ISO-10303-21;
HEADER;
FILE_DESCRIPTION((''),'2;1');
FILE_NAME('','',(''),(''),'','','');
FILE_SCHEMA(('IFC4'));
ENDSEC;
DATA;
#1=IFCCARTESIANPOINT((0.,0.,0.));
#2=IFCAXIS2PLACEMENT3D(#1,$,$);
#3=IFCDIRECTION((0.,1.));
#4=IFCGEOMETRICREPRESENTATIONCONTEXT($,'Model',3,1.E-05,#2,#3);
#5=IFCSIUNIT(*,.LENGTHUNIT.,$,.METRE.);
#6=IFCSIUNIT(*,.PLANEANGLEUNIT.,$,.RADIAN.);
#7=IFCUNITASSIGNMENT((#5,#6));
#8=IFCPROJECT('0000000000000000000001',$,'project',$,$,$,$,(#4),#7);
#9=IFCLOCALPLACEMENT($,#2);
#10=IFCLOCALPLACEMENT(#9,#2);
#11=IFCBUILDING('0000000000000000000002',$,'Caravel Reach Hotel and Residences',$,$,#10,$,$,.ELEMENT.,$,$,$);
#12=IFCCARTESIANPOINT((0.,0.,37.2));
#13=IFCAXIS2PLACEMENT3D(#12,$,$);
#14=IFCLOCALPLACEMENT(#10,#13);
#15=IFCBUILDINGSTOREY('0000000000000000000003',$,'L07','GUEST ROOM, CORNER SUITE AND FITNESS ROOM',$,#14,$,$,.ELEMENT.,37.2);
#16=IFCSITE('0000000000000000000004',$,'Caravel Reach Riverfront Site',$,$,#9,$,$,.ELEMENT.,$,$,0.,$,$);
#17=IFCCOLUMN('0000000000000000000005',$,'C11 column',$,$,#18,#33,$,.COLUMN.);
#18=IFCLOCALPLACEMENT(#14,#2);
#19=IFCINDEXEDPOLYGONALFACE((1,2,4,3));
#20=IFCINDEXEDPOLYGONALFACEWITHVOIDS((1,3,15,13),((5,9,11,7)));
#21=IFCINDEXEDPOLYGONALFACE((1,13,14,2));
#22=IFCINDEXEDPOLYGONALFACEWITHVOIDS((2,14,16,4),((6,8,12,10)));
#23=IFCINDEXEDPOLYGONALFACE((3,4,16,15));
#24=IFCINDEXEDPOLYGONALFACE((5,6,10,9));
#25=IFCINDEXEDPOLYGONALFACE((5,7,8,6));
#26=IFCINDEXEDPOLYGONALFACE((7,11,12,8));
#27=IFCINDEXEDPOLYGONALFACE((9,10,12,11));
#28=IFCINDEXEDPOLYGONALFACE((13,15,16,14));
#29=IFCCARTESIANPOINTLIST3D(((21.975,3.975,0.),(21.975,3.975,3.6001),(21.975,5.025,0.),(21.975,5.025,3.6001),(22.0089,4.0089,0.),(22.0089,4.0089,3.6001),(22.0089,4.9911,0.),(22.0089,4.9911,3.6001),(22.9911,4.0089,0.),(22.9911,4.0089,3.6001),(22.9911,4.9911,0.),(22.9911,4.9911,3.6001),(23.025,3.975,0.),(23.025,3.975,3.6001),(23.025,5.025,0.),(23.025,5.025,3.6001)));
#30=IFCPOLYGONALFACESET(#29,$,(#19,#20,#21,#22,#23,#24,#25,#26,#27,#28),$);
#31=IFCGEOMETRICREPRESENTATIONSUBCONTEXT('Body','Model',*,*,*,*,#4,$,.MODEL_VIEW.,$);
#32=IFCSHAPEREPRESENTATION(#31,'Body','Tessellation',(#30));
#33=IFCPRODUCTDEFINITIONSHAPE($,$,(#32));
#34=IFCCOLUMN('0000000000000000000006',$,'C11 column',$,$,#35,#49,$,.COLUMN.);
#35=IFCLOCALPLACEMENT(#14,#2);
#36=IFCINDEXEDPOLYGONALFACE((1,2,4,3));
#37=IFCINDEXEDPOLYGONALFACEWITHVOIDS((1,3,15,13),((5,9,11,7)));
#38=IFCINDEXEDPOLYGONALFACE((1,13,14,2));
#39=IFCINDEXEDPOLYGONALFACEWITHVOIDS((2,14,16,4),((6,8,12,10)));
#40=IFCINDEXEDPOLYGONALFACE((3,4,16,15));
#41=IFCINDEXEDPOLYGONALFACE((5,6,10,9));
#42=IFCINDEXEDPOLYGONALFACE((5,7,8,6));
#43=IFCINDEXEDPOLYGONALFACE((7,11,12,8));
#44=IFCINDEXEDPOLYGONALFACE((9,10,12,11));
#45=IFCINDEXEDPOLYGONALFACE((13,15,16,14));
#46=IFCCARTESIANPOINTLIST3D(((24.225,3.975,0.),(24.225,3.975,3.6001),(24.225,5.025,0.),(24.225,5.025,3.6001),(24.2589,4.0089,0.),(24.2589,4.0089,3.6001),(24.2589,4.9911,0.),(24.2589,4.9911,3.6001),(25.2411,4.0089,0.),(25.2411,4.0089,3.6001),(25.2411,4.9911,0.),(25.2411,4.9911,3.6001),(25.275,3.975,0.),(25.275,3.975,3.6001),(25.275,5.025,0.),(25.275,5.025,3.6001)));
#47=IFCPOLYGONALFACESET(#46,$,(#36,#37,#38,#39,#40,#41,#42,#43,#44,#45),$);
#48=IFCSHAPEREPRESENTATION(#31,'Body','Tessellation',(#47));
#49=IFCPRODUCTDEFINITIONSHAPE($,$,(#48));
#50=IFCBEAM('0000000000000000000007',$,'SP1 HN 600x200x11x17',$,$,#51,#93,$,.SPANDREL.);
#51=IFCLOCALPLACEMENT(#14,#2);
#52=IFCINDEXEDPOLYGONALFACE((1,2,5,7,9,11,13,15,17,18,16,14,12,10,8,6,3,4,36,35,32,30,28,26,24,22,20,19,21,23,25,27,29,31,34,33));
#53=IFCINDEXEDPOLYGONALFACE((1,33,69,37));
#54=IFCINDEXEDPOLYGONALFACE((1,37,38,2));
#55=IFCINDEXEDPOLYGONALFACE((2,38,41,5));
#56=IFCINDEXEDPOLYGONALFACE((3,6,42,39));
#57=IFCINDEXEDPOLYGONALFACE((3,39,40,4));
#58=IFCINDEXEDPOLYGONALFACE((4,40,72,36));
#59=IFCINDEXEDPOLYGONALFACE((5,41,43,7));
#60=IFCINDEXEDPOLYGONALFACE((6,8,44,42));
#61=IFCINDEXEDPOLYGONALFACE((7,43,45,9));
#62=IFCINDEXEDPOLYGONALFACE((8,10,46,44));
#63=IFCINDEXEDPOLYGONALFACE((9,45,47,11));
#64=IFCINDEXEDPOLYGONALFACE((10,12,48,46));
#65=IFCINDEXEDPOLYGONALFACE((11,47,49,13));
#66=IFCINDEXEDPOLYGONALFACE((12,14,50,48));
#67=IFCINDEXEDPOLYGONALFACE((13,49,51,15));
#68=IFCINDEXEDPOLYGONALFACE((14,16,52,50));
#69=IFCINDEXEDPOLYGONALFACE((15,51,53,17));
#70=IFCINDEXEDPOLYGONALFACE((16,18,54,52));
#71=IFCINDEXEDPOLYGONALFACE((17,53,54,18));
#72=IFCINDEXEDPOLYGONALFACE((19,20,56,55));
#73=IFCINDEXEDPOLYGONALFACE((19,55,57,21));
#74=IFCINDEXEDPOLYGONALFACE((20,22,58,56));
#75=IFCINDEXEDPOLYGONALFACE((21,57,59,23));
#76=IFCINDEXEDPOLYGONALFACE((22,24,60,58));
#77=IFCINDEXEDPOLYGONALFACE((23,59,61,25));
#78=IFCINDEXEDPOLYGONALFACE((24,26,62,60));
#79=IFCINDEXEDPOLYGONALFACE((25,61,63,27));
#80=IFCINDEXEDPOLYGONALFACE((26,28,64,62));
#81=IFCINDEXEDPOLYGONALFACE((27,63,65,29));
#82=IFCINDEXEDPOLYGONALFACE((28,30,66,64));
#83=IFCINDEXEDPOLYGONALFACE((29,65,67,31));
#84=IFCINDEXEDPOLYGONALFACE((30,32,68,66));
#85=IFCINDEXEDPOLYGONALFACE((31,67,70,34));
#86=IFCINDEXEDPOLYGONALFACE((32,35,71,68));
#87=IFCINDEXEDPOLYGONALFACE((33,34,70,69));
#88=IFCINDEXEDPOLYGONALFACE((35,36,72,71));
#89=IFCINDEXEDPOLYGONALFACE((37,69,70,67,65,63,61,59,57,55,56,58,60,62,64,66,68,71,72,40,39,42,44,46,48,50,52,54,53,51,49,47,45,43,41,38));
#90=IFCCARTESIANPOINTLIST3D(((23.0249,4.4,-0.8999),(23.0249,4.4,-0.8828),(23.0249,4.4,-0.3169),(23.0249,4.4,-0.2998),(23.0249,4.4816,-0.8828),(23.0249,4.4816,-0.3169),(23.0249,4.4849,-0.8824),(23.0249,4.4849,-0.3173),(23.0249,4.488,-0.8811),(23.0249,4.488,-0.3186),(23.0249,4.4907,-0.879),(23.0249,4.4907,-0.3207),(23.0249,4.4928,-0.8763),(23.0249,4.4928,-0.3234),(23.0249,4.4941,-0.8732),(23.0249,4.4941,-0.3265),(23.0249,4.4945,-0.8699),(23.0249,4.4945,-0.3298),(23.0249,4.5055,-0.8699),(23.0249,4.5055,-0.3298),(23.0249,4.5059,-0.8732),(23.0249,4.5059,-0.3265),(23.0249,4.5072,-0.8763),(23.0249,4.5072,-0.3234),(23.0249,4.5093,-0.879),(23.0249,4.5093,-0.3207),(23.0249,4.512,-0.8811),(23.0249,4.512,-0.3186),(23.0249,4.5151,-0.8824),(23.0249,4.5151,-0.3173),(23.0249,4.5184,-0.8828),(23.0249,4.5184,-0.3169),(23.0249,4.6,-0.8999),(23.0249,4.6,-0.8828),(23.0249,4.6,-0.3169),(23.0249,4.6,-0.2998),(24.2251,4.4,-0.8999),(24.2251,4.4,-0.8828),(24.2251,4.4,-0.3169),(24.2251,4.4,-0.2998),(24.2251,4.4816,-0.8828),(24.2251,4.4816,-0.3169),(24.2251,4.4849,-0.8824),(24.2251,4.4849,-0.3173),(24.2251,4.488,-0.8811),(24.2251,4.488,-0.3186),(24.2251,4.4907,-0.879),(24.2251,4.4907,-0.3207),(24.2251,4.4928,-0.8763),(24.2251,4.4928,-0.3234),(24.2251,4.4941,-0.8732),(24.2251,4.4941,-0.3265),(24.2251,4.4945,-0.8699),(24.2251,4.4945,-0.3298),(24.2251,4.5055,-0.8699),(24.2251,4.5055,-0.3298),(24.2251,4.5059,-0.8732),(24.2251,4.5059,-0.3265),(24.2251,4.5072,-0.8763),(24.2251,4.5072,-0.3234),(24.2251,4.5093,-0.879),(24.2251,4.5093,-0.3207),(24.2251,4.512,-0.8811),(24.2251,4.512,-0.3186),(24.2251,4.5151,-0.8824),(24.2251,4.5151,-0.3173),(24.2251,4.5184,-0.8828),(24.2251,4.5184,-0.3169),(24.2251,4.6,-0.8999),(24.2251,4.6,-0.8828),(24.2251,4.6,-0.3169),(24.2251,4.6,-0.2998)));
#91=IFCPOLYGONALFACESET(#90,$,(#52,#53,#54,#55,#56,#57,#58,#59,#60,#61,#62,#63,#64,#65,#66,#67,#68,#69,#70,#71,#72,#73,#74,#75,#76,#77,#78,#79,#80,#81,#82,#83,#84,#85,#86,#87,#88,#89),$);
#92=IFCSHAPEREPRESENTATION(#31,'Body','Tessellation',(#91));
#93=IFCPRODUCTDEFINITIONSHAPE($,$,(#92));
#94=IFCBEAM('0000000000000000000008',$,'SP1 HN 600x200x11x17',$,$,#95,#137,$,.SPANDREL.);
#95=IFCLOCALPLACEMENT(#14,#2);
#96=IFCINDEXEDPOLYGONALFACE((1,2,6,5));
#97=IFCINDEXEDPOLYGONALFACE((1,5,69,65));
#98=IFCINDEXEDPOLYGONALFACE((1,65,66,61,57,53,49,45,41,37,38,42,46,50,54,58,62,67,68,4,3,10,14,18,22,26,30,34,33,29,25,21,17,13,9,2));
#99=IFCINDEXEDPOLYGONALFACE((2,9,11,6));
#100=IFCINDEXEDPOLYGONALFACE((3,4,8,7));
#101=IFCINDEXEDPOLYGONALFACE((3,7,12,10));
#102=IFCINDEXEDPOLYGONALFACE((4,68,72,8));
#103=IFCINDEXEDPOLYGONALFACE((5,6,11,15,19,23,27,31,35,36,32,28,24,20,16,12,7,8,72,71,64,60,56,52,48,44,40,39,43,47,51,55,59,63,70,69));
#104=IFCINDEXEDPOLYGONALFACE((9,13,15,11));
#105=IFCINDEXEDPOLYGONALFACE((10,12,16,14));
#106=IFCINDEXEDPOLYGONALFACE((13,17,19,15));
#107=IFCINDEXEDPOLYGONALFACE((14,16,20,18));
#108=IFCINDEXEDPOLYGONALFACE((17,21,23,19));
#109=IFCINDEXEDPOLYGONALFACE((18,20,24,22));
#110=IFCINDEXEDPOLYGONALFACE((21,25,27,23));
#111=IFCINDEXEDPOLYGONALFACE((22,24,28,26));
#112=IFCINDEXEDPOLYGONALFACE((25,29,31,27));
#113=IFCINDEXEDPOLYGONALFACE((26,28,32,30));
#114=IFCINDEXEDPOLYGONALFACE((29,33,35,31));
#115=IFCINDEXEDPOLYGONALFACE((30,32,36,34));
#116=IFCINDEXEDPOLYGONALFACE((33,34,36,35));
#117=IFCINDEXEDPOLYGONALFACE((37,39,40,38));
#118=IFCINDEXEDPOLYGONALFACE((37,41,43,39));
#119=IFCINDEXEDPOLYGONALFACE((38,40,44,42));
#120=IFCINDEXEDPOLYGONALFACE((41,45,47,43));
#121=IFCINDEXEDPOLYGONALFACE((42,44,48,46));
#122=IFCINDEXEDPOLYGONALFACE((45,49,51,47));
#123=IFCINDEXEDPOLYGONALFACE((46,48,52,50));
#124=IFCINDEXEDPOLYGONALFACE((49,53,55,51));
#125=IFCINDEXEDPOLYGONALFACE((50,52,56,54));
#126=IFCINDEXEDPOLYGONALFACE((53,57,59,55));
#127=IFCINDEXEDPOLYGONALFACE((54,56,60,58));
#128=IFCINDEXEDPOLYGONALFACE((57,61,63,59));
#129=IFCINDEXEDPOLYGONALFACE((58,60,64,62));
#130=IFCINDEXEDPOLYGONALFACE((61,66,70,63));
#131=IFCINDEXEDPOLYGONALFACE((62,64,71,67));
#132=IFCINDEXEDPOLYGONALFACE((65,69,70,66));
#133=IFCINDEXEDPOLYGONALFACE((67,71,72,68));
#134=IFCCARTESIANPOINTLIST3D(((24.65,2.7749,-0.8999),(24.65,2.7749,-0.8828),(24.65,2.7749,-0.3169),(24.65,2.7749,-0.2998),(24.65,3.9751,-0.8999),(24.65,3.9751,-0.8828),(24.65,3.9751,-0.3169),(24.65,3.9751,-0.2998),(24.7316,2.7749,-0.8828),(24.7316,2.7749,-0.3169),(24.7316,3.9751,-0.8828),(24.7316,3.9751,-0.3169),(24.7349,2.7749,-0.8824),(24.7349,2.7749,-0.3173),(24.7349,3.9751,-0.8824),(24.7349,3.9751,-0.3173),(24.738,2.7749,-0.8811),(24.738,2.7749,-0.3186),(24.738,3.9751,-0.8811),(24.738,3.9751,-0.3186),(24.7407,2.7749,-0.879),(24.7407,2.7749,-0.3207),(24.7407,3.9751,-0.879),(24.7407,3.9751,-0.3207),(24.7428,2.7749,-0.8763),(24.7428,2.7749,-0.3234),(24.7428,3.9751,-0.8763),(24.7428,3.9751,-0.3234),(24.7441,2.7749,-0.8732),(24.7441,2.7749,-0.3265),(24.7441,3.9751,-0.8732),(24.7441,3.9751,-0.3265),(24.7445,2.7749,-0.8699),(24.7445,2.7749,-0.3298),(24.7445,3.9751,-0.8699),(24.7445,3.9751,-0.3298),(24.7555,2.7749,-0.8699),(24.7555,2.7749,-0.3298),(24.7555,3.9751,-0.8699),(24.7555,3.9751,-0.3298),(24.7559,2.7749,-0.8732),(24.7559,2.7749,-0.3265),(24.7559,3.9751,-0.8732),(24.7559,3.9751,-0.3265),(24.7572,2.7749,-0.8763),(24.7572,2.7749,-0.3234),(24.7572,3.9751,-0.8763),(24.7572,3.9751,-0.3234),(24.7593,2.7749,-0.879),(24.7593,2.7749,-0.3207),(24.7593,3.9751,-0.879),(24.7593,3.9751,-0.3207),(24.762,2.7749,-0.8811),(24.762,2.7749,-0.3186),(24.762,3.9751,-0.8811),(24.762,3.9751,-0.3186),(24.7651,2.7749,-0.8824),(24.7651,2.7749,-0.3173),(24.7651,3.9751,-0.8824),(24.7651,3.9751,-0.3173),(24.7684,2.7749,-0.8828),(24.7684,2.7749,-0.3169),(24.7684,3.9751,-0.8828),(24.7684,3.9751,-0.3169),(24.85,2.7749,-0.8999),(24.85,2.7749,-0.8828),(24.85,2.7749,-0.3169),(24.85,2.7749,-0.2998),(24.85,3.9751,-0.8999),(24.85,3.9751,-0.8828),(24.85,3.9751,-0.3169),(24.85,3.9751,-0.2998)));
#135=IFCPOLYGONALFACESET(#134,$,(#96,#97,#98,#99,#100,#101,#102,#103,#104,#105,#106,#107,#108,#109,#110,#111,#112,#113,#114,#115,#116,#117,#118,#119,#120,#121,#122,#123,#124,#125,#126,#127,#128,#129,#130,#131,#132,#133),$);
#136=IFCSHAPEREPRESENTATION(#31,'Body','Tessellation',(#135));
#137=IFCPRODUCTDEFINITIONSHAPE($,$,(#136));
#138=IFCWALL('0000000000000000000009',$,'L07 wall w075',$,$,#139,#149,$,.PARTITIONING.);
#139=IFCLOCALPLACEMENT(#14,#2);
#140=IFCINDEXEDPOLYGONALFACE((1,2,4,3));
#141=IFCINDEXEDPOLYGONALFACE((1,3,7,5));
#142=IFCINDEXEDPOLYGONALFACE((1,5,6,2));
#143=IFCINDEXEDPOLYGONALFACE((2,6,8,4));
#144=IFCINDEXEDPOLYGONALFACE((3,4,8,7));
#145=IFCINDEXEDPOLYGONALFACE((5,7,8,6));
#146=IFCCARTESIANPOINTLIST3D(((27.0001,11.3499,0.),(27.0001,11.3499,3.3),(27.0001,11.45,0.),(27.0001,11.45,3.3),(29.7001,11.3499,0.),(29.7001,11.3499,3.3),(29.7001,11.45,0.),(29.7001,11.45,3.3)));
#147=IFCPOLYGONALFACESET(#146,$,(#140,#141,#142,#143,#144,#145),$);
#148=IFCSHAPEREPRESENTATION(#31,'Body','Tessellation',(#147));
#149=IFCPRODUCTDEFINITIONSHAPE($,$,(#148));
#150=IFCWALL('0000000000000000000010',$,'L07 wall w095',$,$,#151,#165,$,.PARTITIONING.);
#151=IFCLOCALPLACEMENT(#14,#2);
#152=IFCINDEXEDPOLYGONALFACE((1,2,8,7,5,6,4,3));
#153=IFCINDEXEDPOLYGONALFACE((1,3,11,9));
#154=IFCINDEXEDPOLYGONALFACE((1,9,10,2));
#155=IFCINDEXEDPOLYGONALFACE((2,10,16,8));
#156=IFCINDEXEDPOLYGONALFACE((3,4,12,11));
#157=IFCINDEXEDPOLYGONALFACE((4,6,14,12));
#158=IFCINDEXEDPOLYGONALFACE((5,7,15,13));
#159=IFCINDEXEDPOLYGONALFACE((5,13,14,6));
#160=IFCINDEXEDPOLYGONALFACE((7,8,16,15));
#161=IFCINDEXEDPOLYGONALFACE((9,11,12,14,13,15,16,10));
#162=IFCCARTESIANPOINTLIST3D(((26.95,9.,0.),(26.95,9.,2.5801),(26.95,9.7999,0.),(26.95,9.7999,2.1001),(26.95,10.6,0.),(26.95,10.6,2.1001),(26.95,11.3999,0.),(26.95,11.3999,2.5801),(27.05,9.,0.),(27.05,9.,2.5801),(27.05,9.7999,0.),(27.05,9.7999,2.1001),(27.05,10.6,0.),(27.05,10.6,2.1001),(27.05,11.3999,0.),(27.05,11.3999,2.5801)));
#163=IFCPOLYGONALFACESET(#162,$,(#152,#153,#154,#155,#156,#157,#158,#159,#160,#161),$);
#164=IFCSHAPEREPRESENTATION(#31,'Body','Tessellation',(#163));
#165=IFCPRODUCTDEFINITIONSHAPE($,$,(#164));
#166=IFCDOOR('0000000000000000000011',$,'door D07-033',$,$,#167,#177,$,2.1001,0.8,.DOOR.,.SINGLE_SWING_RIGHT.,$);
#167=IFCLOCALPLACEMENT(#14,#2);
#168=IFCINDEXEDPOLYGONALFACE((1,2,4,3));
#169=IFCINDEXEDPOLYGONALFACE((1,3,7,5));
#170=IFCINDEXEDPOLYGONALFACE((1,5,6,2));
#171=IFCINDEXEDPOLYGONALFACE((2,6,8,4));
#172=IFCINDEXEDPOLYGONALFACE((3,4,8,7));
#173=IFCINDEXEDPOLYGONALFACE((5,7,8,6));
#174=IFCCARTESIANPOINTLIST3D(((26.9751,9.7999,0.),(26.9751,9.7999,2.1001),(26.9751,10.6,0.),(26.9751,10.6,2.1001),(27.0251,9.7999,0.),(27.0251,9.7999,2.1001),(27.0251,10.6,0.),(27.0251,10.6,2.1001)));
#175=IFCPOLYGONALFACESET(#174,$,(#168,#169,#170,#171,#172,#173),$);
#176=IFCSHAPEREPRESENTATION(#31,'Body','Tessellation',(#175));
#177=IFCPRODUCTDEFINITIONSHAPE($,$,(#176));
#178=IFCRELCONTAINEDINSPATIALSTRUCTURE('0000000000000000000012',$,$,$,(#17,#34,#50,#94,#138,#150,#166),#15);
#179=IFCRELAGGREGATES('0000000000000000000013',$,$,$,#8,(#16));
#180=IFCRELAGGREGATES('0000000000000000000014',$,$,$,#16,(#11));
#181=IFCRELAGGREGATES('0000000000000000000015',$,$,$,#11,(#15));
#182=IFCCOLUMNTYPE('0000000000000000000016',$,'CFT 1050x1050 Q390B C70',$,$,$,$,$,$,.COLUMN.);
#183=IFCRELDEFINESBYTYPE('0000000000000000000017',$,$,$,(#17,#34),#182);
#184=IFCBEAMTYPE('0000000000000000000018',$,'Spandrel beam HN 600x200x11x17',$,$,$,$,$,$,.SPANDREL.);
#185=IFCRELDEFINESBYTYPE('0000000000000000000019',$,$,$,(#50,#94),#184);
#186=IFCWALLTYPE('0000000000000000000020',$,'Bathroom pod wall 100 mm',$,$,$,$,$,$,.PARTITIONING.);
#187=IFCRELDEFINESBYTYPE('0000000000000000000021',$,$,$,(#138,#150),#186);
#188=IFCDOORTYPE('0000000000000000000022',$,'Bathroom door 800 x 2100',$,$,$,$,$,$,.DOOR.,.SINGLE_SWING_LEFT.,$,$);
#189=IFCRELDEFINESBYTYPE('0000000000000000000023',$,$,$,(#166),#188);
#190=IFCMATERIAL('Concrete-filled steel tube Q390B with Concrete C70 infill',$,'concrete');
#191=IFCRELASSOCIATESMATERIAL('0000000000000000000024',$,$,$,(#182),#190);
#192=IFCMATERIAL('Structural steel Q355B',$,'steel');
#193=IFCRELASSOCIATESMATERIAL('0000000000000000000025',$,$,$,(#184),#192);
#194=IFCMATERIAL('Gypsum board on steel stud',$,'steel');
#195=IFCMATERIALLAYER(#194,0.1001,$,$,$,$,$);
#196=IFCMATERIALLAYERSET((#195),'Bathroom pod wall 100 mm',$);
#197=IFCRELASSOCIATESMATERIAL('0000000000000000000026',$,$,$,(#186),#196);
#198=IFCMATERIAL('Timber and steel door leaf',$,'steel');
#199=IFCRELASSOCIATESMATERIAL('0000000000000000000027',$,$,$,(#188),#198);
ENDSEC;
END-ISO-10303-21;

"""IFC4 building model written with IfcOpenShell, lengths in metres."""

from ifc_helpers import new_model, si_unit, direction, frame, frame_2d, origin, origin_2d, place, context, subcontext, project, spatial, rectangle, hollow_rectangle, i_section, extrude, material, layer, layer_set, material_profile, profile_set, type_object, element, fill, save


model = new_model("IFC4")

# Units and contexts
model_context = context("Model", 3, precision=1e-05, world=origin(), true_north=direction((0.0, 1.0)))
body_context = subcontext(model_context, "Body", "Model", "MODEL_VIEW")
ifc_project = project(units=[si_unit("LENGTHUNIT", "METRE"), si_unit("PLANEANGLEUNIT", "RADIAN")], contexts=[model_context])

# Site, building, storey
site_placement = place(None, origin())
site = spatial("IfcSite", under=ifc_project, at=site_placement, Name="Caravel Reach Riverfront Site", CompositionType="ELEMENT", RefElevation=0.0)
building_placement = place(site_placement, origin())
building = spatial("IfcBuilding", under=site, at=building_placement, Name="Caravel Reach Hotel and Residences", CompositionType="ELEMENT")
storey_placement = place(building_placement, frame((0.0, 0.0, 37.2)))
storey = spatial("IfcBuildingStorey", under=building, at=storey_placement, Name="L07", Description="GUEST ROOM, CORNER SUITE AND FITNESS ROOM", CompositionType="ELEMENT", Elevation=37.2)

# Columns
ifc_material_1 = material(Name="Concrete-filled steel tube Q390B with Concrete C70 infill", Category="concrete")
ifc_material_profile_1 = material_profile(ifc_material_1, hollow_rectangle(XDim=1.05, YDim=1.05, WallThickness=0.0339, at=origin_2d()), Name="RHS 1050x1050x34")
ifc_profile_set_1 = profile_set([ifc_material_profile_1], Name="Concrete-filled steel tube Q390B with Concrete C70 infill")
column_type = type_object("IfcColumnType", Name="CFT 1050x1050 Q390B C70", PredefinedType="COLUMN", material=ifc_profile_set_1)
for number, where, z_axis, x_axis, name in (
    (1, (22.5, 4.5, 0.0), (0.0, 0.0, 1.0), (1.0, 0.0, 0.0), "C11 column"),
    (2, (24.75, 4.5, 0.0), (0.0, 0.0, 1.0), (1.0, 0.0, 0.0), "C11 column"),
):
    element("IfcColumn", number, at=place(storey_placement, frame(where, z_axis=z_axis, x_axis=x_axis)), inside=storey, type_object=column_type, Name=name, PredefinedType="COLUMN", context=body_context, shape_type="SweptSolid", body=[
        extrude(hollow_rectangle(XDim=1.05, YDim=1.05, WallThickness=0.0339, at=origin_2d()), origin(), (0.0, 0.0, 1.0), 3.6001),
    ])

# Beams
ifc_material_2 = material(Name="Structural steel Q355B", Category="steel")
ifc_material_profile_2 = material_profile(ifc_material_2, i_section(OverallWidth=0.2, OverallDepth=0.6001, WebThickness=0.011, FlangeThickness=0.0171, FilletRadius=0.0129, at=origin_2d()), Name="HN 600x200x11x17")
ifc_profile_set_2 = profile_set([ifc_material_profile_2], Name="Structural steel Q355B")
beam_type = type_object("IfcBeamType", Name="Spandrel beam HN 600x200x11x17", PredefinedType="SPANDREL", material=ifc_profile_set_2)
for number, where, z_axis, x_axis, name in (
    (3, (23.0249, 4.5, -0.5999), (1.0, 0.0, 0.0), (0.0, 1.0, 0.0), "SP1 HN 600x200x11x17"),
    (4, (24.75, 3.9751, -0.5999), (0.0, -1.0, 0.0), (1.0, 0.0, 0.0), "SP1 HN 600x200x11x17"),
):
    element("IfcBeam", number, at=place(storey_placement, frame(where, z_axis=z_axis, x_axis=x_axis)), inside=storey, type_object=beam_type, Name=name, PredefinedType="SPANDREL", context=body_context, shape_type="SweptSolid", body=[
        extrude(i_section(OverallWidth=0.2, OverallDepth=0.6001, WebThickness=0.011, FlangeThickness=0.0171, FilletRadius=0.0129, at=origin_2d()), origin(), (0.0, 0.0, 1.0), 1.2002),
    ])

# Wall
ifc_material_3 = material(Name="Gypsum board on steel stud", Category="steel")
ifc_layer_1 = layer(ifc_material_3, 0.1001)
ifc_layer_set_1 = layer_set([ifc_layer_1], Name="Bathroom pod wall 100 mm")
wall_type_1 = type_object("IfcWallType", Name="Bathroom pod wall 100 mm", PredefinedType="PARTITIONING", material=ifc_layer_set_1)
wall_1_placement = place(storey_placement, frame((27.0, 11.3999, 0.0), z_axis=(0.0, 0.0, 1.0), x_axis=(1.0, 0.0, 0.0)))
element("IfcWall", 5, at=wall_1_placement, inside=storey, type_object=wall_type_1, Name="L07 wall w075", PredefinedType="PARTITIONING", context=body_context, shape_type="SweptSolid", body=[
    extrude(rectangle(XDim=2.7, YDim=0.1001, at=frame_2d((1.3501, 0.0))), origin(), (0.0, 0.0, 1.0), 3.3),
])

# Wall, opening, door
wall_2_placement = place(storey_placement, frame((27.0, 9.0, 0.0), z_axis=(0.0, 0.0, 1.0), x_axis=(0.0, 1.0, 0.0)))
wall_2 = element("IfcWall", 6, at=wall_2_placement, inside=storey, type_object=wall_type_1, Name="L07 wall w095", PredefinedType="PARTITIONING", context=body_context, shape_type="SweptSolid", body=[
    extrude(rectangle(XDim=2.3999, YDim=0.1001, at=frame_2d((1.2, 0.0))), origin(), (0.0, 0.0, 1.0), 2.5801),
])
opening_1_placement = place(wall_2_placement, frame((0.8, 0.0, 0.0)))
opening_1 = element("IfcOpeningElement", 7, at=opening_1_placement, cuts=wall_2, PredefinedType="OPENING", context=body_context, shape_type="SweptSolid", body=[
    extrude(rectangle(XDim=0.8, YDim=2.1001, at=frame_2d((0.3999, 1.05))), frame((0.0, 0.0601, 0.0), z_axis=(0.0, -1.0, 0.0), x_axis=(1.0, 0.0, 0.0)), (0.0, 0.0, 1.0), 0.1201),
])
ifc_material_4 = material(Name="Timber and steel door leaf", Category="steel")
door_type_1 = type_object("IfcDoorType", Name="Bathroom door 800 x 2100", OperationType="SINGLE_SWING_LEFT", PredefinedType="DOOR", material=ifc_material_4)
door_1_placement = place(opening_1_placement, origin())
door_1 = element("IfcDoor", 8, at=door_1_placement, inside=storey, type_object=door_type_1, Name="door D07-033", OperationType="SINGLE_SWING_RIGHT", OverallHeight=2.1001, OverallWidth=0.8, PredefinedType="DOOR", context=body_context, shape_type="SweptSolid", body=[
    extrude(rectangle(XDim=0.8, YDim=2.1001, at=frame_2d((0.3999, 1.05))), frame((0.0, 0.0249, 0.0), z_axis=(0.0, -1.0, 0.0), x_axis=(1.0, 0.0, 0.0)), (0.0, 0.0, 1.0), 0.05),
])
fill(opening_1, door_1)

save(model, "model.ifc")
